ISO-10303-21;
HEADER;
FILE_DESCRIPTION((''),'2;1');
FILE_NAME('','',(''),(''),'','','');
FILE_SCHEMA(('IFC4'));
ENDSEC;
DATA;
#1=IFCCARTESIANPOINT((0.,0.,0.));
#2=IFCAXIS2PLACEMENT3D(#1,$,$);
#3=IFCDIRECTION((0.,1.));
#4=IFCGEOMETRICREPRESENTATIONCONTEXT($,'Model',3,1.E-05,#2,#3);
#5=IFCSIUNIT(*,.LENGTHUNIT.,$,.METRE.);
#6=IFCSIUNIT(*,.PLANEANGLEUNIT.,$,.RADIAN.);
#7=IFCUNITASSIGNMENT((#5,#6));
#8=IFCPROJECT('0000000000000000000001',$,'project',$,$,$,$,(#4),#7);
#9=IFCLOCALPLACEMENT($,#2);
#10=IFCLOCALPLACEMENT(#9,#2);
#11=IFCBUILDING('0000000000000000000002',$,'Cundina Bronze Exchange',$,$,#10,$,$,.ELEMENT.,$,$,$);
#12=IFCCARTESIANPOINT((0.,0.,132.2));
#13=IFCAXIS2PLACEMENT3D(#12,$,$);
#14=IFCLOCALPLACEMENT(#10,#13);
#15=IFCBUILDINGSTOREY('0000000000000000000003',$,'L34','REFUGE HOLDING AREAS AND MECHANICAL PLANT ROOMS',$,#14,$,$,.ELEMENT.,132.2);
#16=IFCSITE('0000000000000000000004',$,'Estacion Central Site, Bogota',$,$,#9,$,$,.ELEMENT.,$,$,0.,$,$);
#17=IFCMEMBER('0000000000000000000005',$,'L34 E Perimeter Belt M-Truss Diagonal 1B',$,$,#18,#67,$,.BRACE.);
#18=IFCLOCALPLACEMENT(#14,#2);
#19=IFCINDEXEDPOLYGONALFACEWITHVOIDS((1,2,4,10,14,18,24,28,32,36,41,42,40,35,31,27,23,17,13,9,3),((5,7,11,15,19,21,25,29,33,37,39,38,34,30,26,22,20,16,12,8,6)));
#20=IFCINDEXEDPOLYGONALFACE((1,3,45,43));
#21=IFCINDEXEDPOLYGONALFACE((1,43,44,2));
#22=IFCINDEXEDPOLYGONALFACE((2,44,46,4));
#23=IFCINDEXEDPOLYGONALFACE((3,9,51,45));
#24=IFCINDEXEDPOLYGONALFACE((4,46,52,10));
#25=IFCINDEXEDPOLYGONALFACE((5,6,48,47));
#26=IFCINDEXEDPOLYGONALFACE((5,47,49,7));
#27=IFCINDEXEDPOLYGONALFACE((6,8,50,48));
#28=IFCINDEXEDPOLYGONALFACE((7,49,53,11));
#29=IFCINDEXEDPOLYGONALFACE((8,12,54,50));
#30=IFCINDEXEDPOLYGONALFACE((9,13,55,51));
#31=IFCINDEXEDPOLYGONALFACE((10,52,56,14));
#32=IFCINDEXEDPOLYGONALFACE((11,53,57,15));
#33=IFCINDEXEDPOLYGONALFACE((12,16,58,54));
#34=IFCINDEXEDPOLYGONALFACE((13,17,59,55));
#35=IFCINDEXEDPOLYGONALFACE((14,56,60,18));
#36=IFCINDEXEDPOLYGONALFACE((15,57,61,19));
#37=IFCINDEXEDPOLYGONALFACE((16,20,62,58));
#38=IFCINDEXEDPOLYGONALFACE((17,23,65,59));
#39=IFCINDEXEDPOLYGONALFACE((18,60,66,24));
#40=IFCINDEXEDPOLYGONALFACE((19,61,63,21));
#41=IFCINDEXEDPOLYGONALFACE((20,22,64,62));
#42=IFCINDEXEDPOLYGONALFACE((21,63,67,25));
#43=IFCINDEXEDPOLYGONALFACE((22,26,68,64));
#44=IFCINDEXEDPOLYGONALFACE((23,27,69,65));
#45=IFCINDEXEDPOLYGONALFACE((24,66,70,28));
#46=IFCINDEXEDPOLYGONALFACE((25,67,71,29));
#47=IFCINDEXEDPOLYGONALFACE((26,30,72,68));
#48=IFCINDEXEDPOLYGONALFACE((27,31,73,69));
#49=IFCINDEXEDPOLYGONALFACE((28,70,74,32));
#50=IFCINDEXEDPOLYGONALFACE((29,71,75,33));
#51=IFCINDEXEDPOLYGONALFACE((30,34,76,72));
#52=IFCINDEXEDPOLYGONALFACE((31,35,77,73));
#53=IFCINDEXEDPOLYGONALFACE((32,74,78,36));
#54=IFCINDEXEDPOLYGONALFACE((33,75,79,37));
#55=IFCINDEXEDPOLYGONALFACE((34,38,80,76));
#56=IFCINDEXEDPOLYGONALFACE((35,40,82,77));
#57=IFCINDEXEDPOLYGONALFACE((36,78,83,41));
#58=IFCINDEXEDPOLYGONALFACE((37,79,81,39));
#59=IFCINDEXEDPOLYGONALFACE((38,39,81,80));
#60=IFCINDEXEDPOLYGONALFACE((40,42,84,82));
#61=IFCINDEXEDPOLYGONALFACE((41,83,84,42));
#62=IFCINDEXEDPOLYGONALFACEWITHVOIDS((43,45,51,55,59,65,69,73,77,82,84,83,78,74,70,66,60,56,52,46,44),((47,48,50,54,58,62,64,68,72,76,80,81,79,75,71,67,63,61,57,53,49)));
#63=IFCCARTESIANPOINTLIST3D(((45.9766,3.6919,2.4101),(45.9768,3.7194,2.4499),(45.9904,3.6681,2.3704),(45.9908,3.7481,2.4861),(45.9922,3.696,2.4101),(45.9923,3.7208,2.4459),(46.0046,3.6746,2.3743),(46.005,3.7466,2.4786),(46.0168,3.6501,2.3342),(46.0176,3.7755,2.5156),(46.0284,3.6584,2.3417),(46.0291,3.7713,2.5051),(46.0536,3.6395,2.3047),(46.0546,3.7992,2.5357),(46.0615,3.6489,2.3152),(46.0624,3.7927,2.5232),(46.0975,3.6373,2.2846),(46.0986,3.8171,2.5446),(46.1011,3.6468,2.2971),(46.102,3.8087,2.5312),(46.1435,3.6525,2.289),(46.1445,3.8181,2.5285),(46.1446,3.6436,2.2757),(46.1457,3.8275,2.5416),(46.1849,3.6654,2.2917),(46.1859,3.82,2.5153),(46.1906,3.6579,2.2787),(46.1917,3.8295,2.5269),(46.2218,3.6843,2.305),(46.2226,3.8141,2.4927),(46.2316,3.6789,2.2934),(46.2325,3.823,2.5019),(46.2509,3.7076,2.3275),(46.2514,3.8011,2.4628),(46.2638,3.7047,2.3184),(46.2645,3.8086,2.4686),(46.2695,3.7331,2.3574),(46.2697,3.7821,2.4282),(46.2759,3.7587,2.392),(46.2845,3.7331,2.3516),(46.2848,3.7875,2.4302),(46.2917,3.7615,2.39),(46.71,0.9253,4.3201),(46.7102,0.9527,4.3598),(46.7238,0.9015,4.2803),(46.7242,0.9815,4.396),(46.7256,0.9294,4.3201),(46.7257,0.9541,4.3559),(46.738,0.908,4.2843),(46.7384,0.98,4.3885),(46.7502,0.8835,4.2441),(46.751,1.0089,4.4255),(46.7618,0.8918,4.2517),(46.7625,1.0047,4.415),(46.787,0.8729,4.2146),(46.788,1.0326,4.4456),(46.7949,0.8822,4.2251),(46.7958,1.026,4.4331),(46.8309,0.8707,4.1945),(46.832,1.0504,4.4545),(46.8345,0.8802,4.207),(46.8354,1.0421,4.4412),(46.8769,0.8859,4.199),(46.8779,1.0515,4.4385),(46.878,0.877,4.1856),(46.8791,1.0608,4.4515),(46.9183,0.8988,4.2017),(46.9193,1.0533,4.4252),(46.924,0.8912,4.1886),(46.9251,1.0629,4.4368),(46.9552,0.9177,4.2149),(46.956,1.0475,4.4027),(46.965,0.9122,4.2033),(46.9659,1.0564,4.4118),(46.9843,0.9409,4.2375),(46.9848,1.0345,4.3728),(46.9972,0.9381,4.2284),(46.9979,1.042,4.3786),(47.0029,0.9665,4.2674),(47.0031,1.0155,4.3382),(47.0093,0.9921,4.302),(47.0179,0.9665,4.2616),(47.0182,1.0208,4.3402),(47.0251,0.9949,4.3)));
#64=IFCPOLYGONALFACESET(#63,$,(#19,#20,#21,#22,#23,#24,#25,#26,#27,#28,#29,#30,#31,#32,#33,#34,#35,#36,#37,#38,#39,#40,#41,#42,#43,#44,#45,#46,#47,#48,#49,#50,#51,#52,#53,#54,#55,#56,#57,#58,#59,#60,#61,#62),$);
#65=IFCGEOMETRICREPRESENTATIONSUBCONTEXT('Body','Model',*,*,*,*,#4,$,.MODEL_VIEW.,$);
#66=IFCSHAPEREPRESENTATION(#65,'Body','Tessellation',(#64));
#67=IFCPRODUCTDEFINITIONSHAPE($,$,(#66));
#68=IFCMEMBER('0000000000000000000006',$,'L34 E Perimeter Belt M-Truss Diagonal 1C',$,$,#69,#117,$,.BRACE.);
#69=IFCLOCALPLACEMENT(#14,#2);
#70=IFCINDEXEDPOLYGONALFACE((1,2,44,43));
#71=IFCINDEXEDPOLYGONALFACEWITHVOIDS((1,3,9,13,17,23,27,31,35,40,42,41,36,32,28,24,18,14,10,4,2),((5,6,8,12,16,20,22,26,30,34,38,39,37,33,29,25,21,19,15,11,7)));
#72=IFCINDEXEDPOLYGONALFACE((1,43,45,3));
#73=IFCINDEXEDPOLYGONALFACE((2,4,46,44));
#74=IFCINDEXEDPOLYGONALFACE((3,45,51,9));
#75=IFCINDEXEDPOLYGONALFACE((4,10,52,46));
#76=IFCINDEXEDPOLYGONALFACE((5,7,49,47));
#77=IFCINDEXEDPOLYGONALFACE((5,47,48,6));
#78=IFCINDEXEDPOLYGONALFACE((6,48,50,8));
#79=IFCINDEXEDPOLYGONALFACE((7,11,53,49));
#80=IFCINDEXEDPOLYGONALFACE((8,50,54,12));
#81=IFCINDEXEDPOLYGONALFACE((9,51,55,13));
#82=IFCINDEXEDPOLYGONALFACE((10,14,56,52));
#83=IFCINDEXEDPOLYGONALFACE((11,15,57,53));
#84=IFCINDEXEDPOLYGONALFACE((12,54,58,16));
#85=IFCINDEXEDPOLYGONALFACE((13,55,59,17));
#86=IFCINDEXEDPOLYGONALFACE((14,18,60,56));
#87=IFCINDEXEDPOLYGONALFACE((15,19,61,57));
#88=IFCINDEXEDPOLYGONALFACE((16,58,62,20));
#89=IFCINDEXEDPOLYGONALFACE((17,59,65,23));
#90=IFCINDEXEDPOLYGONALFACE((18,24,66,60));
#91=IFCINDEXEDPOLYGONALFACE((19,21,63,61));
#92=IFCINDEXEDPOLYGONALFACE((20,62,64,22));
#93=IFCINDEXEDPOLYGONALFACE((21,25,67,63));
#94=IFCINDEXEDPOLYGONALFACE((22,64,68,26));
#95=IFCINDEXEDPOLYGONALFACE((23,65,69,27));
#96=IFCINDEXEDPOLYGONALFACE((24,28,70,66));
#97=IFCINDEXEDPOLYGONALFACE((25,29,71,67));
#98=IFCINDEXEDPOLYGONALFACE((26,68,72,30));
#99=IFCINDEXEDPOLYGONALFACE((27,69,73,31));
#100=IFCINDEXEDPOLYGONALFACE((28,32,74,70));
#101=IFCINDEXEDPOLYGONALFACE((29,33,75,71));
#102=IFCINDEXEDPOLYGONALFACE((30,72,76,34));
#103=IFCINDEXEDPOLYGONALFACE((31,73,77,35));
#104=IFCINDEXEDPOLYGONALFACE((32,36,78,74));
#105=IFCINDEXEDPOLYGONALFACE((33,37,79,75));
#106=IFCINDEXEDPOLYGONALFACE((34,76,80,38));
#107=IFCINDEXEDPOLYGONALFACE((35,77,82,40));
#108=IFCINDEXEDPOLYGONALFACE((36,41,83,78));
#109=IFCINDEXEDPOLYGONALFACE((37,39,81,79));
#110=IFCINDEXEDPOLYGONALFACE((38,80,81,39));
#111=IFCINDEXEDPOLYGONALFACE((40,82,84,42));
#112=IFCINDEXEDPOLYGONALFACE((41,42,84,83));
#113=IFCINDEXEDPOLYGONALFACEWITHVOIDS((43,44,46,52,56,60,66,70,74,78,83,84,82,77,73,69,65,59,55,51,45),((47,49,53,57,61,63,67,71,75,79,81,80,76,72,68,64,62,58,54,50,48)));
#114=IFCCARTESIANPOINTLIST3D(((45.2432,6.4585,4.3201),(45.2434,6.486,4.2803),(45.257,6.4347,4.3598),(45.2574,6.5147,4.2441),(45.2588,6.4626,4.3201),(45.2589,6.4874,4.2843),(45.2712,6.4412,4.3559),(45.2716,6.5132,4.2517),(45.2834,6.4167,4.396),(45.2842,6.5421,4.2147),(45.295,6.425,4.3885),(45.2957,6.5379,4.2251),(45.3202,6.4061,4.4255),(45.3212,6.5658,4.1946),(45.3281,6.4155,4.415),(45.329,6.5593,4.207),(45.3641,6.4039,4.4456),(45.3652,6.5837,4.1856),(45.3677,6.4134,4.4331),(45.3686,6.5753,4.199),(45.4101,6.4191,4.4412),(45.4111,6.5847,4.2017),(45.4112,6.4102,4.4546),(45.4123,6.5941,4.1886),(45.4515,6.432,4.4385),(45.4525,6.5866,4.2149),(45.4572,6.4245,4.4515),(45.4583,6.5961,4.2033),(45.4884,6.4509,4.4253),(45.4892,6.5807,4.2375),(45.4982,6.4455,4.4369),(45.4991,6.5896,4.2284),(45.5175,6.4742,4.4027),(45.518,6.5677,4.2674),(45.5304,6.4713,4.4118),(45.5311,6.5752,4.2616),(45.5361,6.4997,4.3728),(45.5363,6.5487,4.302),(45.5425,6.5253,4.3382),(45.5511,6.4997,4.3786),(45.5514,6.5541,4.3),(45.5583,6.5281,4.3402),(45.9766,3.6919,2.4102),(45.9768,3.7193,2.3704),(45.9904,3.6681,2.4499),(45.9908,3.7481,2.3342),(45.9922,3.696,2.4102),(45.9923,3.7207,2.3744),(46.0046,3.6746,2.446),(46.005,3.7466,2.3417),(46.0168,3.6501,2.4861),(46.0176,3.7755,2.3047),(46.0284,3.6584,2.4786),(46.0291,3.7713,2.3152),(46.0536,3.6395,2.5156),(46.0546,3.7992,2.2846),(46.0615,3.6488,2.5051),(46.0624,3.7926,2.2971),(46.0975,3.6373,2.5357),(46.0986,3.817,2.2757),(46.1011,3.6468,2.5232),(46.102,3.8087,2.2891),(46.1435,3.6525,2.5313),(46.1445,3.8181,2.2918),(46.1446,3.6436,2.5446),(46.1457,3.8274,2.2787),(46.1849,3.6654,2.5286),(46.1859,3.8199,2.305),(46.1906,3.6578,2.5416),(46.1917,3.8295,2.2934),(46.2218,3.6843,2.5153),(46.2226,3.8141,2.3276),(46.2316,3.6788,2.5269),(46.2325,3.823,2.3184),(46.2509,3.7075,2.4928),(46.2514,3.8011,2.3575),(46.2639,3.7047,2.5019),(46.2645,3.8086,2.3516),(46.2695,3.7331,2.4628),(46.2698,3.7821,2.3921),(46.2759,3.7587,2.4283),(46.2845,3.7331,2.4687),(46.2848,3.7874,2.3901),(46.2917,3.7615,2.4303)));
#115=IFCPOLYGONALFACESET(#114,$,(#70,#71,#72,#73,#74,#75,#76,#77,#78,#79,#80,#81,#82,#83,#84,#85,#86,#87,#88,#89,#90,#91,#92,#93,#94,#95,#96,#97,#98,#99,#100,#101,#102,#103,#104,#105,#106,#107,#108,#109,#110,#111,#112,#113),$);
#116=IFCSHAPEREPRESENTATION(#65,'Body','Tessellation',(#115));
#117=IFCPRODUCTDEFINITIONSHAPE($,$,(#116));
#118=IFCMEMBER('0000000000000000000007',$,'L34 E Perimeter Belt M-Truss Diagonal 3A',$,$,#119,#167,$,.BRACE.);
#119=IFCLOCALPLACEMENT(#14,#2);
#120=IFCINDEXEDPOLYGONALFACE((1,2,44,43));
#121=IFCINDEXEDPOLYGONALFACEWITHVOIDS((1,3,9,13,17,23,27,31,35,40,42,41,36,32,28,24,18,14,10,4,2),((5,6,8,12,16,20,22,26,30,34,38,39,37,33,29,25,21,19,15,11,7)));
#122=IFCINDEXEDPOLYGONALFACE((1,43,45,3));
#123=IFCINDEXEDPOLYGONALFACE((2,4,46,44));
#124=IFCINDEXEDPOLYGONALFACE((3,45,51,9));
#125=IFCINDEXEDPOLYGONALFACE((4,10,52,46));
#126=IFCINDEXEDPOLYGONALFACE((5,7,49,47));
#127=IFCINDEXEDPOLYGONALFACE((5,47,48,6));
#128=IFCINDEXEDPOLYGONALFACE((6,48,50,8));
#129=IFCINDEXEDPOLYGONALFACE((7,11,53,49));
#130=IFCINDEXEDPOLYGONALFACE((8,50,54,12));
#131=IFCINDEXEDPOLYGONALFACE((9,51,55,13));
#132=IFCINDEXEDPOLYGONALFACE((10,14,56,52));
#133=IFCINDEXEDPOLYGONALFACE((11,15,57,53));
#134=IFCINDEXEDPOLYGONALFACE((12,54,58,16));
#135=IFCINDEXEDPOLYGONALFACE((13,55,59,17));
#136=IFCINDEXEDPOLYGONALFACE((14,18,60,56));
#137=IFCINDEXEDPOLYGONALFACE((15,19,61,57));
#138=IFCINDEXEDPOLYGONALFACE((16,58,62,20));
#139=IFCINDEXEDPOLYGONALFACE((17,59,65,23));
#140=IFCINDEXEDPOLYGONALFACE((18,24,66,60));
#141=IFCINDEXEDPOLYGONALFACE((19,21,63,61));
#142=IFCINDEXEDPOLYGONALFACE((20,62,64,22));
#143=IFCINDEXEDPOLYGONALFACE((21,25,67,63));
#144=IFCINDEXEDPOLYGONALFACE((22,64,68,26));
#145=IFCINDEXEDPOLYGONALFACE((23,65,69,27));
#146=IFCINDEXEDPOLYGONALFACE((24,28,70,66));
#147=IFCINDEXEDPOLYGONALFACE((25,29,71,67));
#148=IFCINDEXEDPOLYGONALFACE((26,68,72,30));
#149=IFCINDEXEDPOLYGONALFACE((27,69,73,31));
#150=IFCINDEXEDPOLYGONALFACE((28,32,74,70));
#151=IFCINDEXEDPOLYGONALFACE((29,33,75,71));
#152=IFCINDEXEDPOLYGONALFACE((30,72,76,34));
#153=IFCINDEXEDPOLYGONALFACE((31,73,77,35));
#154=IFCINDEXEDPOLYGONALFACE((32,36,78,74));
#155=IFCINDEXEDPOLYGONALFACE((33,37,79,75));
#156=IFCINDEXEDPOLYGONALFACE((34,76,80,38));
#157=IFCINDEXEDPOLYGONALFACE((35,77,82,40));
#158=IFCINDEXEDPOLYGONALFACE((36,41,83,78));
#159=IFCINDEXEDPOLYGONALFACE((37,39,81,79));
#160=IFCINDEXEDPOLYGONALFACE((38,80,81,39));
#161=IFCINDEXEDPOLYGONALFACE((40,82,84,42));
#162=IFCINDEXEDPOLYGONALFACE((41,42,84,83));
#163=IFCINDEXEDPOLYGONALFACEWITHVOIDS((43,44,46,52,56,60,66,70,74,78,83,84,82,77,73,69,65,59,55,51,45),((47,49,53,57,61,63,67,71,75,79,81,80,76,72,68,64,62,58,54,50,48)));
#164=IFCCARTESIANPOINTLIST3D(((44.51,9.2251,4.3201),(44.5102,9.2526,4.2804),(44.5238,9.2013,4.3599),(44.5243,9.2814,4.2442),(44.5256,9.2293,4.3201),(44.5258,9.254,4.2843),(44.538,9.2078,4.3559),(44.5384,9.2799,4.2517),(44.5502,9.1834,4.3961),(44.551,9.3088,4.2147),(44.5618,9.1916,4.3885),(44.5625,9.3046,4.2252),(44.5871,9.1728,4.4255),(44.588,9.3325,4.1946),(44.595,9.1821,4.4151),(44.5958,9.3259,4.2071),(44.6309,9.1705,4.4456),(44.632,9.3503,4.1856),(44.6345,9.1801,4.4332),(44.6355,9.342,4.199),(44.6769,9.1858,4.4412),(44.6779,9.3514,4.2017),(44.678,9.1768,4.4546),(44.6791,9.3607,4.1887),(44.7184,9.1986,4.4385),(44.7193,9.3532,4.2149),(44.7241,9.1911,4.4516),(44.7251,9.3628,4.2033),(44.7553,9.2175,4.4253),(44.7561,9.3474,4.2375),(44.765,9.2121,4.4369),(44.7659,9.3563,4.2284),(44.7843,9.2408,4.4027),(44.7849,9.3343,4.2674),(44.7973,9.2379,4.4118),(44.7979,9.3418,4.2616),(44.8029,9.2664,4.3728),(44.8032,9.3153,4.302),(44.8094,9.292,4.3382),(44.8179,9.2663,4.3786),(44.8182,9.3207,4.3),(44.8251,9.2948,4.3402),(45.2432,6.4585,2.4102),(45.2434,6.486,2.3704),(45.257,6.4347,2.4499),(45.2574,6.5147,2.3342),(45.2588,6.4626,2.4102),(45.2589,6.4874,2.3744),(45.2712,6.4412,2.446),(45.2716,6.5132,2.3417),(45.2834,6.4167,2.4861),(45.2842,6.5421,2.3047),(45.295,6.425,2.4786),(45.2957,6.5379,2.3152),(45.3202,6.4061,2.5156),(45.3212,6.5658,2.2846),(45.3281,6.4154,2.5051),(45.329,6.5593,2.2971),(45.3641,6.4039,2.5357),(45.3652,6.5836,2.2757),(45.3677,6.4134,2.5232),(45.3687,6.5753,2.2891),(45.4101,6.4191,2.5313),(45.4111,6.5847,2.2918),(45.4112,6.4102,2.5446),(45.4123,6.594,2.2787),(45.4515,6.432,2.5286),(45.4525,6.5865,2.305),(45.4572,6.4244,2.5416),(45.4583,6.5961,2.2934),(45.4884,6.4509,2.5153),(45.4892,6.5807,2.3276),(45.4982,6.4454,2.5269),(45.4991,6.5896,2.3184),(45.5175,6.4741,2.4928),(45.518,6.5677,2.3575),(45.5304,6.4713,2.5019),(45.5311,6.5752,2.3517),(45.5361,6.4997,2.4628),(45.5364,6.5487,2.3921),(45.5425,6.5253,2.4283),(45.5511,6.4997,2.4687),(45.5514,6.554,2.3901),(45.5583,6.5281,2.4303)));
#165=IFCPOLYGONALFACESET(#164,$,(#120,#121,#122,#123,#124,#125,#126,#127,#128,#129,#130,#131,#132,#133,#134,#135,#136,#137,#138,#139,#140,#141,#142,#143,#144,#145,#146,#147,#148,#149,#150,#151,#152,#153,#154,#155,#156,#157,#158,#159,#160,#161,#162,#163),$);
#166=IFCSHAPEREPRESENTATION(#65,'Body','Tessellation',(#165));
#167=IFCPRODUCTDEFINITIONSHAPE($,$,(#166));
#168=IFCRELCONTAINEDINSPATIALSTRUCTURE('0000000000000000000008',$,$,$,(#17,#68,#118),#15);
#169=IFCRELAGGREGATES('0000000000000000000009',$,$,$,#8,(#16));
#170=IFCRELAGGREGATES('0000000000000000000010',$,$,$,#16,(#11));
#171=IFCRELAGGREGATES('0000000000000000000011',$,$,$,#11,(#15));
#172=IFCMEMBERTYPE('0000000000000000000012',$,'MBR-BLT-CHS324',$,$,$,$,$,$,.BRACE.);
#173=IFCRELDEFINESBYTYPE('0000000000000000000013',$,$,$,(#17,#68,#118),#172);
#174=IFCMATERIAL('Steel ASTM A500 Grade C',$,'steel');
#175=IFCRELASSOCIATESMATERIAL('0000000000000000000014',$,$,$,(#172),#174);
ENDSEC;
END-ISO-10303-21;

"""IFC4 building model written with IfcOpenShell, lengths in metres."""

from ifc_helpers import new_model, si_unit, direction, frame, origin, origin_2d, place, context, subcontext, project, spatial, hollow_circle, extrude, material, material_profile, profile_set, type_object, element, save


model = new_model("IFC4")

# Units and contexts
model_context = context("Model", 3, precision=1e-05, world=origin(), true_north=direction((0.0, 1.0)))
body_context = subcontext(model_context, "Body", "Model", "MODEL_VIEW")
ifc_project = project(units=[si_unit("LENGTHUNIT", "METRE"), si_unit("PLANEANGLEUNIT", "RADIAN")], contexts=[model_context])

# Site, building, storey
site_placement = place(None, origin())
site = spatial("IfcSite", under=ifc_project, at=site_placement, Name="Estacion Central Site, Bogota", CompositionType="ELEMENT", RefElevation=0.0)
building_placement = place(site_placement, origin())
building = spatial("IfcBuilding", under=site, at=building_placement, Name="Cundina Bronze Exchange", CompositionType="ELEMENT")
storey_placement = place(building_placement, frame((0.0, 0.0, 132.2)))
storey = spatial("IfcBuildingStorey", under=building, at=storey_placement, Name="L34", Description="REFUGE HOLDING AREAS AND MECHANICAL PLANT ROOMS", CompositionType="ELEMENT", Elevation=132.2)

# Members
ifc_material_1 = material(Name="Steel ASTM A500 Grade C", Category="steel")
ifc_material_profile_1 = material_profile(ifc_material_1, hollow_circle(Radius=0.1621, WallThickness=0.0161, at=origin_2d()), Name="CHS324X16", Category="steel")
ifc_profile_set_1 = profile_set([ifc_material_profile_1], Name="Steel ASTM A500 Grade C")
member_type_1 = type_object("IfcMemberType", Name="MBR-BLT-CHS324", PredefinedType="BRACE", material=ifc_profile_set_1)
for number, where, z_axis, x_axis, name in (
    (1, (46.8667, 0.9668, 4.3201), (-0.213142, 0.804037, -0.555063), (-0.966613, -0.25624, 0.0), "L34 E Perimeter Belt M-Truss Diagonal 1B"),
    (2, (46.1333, 3.7334, 2.4102), (-0.213142, 0.804037, 0.555063), (-0.966613, -0.25624, 0.0), "L34 E Perimeter Belt M-Truss Diagonal 1C"),
    (3, (45.3999, 6.5, 2.4102), (-0.213074, 0.804049, 0.555072), (-0.966634, -0.25616, 0.0), "L34 E Perimeter Belt M-Truss Diagonal 3A"),
):
    element("IfcMember", number, at=place(storey_placement, frame(where, z_axis=z_axis, x_axis=x_axis)), inside=storey, type_object=member_type_1, Name=name, PredefinedType="BRACE", context=body_context, shape_type="SweptSolid", body=[
        extrude(hollow_circle(Radius=0.1621, WallThickness=0.0161, at=origin_2d()), origin(), (0.0, 0.0, 1.0), 3.4409),
    ])

save(model, "model.ifc")
